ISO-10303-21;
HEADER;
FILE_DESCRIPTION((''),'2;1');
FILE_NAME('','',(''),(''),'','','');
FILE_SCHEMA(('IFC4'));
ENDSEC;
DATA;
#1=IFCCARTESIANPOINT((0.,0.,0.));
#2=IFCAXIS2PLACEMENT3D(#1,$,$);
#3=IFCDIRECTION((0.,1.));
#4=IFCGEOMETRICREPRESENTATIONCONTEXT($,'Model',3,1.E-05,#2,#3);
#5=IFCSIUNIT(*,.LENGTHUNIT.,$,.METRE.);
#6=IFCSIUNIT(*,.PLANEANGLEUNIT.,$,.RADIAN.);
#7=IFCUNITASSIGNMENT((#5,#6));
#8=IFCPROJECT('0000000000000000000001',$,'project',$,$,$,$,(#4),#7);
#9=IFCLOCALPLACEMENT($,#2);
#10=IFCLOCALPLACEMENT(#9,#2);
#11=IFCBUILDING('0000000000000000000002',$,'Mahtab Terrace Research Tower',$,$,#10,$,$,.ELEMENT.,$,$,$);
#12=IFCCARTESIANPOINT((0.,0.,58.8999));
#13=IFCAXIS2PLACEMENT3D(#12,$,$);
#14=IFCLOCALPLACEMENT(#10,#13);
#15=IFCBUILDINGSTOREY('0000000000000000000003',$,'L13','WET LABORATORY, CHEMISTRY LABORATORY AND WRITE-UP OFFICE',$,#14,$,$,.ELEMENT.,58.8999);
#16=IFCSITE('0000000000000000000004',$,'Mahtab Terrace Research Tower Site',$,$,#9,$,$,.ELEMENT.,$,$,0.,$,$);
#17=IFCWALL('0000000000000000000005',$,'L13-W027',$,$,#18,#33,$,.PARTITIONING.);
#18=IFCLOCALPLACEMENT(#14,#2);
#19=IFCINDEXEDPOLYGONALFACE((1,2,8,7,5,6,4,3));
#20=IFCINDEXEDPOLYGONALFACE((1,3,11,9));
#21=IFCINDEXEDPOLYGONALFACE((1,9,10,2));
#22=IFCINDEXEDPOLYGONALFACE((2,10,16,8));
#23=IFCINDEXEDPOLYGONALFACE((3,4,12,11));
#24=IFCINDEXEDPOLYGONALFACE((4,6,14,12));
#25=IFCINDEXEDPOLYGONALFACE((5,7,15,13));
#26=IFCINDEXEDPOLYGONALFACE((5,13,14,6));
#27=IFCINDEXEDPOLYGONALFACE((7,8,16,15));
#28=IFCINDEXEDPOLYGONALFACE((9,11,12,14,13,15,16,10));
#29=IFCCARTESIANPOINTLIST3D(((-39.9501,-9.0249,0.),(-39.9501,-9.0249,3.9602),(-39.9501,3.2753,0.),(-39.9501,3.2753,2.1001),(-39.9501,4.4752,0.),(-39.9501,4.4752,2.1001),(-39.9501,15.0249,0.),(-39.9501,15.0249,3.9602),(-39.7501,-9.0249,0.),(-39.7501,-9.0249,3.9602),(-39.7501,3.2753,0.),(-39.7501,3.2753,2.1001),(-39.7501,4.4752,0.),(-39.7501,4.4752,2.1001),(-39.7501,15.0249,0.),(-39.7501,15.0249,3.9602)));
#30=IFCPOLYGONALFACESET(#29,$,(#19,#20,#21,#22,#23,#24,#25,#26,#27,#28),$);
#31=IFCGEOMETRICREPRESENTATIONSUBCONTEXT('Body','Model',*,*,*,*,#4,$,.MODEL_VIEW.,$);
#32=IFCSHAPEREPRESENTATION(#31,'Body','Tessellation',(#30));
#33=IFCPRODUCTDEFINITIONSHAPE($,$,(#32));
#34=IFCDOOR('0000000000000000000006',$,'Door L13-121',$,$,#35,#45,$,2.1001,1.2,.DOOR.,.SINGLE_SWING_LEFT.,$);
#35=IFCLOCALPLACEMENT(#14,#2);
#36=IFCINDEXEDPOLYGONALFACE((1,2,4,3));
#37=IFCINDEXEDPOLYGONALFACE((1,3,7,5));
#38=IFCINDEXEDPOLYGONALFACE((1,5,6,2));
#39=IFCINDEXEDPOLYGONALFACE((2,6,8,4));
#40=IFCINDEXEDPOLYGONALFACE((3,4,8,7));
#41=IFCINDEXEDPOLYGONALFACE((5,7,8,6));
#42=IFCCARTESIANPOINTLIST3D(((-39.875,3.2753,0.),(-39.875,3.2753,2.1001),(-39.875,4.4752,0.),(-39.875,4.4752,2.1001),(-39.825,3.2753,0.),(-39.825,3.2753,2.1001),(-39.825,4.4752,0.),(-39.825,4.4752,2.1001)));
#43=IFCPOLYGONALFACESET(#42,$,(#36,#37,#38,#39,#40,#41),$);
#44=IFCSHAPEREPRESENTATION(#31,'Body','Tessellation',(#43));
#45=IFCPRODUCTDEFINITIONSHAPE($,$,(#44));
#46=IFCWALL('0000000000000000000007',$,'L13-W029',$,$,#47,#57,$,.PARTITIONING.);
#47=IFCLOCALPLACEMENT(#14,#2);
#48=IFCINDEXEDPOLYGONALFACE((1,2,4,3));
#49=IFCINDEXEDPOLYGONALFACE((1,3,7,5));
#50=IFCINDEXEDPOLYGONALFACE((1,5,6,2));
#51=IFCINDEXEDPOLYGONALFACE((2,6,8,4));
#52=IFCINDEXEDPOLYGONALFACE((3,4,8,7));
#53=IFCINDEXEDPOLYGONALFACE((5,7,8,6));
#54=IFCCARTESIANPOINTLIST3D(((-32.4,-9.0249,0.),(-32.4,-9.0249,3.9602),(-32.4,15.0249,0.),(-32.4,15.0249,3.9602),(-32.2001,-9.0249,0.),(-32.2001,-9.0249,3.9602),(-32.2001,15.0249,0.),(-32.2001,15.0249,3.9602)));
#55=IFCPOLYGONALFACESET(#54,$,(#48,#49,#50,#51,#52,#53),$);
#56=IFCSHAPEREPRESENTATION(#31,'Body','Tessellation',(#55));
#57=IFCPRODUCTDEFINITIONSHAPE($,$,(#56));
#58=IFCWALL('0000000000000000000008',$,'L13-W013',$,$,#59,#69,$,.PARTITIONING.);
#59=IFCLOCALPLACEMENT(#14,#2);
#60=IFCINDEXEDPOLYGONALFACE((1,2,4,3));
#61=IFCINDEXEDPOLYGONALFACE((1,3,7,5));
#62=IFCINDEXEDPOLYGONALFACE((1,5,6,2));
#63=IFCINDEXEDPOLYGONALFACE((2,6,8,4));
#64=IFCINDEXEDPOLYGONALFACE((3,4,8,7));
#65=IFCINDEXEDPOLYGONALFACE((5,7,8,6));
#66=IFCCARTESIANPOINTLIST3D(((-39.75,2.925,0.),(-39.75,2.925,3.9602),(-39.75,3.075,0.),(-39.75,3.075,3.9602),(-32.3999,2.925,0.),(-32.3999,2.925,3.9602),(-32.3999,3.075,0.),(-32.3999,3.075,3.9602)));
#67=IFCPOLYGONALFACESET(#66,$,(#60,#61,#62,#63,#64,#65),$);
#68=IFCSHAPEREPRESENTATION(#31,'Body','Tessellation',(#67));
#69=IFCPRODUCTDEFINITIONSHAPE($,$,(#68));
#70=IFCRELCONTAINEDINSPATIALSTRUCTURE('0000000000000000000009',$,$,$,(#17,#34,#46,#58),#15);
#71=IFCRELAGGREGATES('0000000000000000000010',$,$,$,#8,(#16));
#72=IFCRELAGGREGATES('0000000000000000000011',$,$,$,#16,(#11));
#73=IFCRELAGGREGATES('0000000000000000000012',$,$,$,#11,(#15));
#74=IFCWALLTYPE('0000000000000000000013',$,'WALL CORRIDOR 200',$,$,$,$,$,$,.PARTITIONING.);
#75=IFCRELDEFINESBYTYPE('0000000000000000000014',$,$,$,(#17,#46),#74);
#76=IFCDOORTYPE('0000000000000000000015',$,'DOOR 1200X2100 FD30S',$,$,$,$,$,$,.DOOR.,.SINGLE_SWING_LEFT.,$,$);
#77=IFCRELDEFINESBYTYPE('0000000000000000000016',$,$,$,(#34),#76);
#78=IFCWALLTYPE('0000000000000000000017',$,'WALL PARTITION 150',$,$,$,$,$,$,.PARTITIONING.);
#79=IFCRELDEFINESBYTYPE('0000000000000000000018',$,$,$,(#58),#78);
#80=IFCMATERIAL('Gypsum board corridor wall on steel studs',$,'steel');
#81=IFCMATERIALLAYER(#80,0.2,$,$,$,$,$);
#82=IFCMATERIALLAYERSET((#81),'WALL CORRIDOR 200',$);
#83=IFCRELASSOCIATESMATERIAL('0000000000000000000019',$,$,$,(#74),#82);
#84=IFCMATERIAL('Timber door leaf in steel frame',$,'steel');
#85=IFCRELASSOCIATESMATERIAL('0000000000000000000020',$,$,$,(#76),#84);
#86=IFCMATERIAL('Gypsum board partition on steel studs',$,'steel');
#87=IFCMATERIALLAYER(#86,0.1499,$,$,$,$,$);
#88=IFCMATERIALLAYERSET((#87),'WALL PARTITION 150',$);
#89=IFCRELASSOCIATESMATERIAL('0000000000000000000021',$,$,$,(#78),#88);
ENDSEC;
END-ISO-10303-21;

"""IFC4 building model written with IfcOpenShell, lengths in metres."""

from ifc_helpers import new_model, si_unit, direction, frame, frame_2d, origin, place, context, subcontext, project, spatial, rectangle, extrude, material, layer, layer_set, type_object, element, fill, save


model = new_model("IFC4")

# Units and contexts
model_context = context("Model", 3, precision=1e-05, world=origin(), true_north=direction((0.0, 1.0)))
body_context = subcontext(model_context, "Body", "Model", "MODEL_VIEW")
ifc_project = project(units=[si_unit("LENGTHUNIT", "METRE"), si_unit("PLANEANGLEUNIT", "RADIAN")], contexts=[model_context])

# Site, building, storey
site_placement = place(None, origin())
site = spatial("IfcSite", under=ifc_project, at=site_placement, Name="Mahtab Terrace Research Tower Site", CompositionType="ELEMENT", RefElevation=0.0)
building_placement = place(site_placement, origin())
building = spatial("IfcBuilding", under=site, at=building_placement, Name="Mahtab Terrace Research Tower", CompositionType="ELEMENT")
storey_placement = place(building_placement, frame((0.0, 0.0, 58.8999)))
storey = spatial("IfcBuildingStorey", under=building, at=storey_placement, Name="L13", Description="WET LABORATORY, CHEMISTRY LABORATORY AND WRITE-UP OFFICE", CompositionType="ELEMENT", Elevation=58.8999)

# Wall, opening, door
ifc_material_1 = material(Name="Gypsum board corridor wall on steel studs", Category="steel")
ifc_layer_1 = layer(ifc_material_1, 0.2)
ifc_layer_set_1 = layer_set([ifc_layer_1], Name="WALL CORRIDOR 200")
wall_type_1 = type_object("IfcWallType", Name="WALL CORRIDOR 200", PredefinedType="PARTITIONING", material=ifc_layer_set_1)
ifc_material_2 = material(Name="Timber door leaf in steel frame", Category="steel")
door_type = type_object("IfcDoorType", Name="DOOR 1200X2100 FD30S", OperationType="SINGLE_SWING_LEFT", PredefinedType="DOOR", material=ifc_material_2)
wall_1_placement = place(storey_placement, frame((-39.8501, -9.0249, 0.0), z_axis=(0.0, 0.0, 1.0), x_axis=(0.0, 1.0, 0.0)))
wall_1 = element("IfcWall", 1, at=wall_1_placement, inside=storey, type_object=wall_type_1, Name="L13-W027", PredefinedType="PARTITIONING", context=body_context, shape_type="SweptSolid", body=[
    extrude(rectangle(XDim=24.0498, YDim=0.2, at=frame_2d((12.0249, 0.0))), origin(), (0.0, 0.0, 1.0), 3.9602),
])
opening_1_placement = place(wall_1_placement, frame((12.3, 0.0, 0.0)))
opening_1 = element("IfcOpeningElement", 2, at=opening_1_placement, cuts=wall_1, PredefinedType="OPENING", context=body_context, shape_type="SweptSolid", body=[
    extrude(rectangle(XDim=1.2, YDim=2.1001, at=frame_2d((0.6001, 1.05))), frame((0.0, 0.1099, 0.0), z_axis=(0.0, -1.0, 0.0), x_axis=(1.0, 0.0, 0.0)), (0.0, 0.0, 1.0), 0.22),
])
door_1_placement = place(opening_1_placement, origin())
door_1 = element("IfcDoor", 3, at=door_1_placement, inside=storey, type_object=door_type, Name="Door L13-121", OperationType="SINGLE_SWING_LEFT", OverallHeight=2.1001, OverallWidth=1.2, PredefinedType="DOOR", context=body_context, shape_type="SweptSolid", body=[
    extrude(rectangle(XDim=1.2, YDim=2.1001, at=frame_2d((0.6001, 1.05))), frame((0.0, 0.0249, 0.0), z_axis=(0.0, -1.0, 0.0), x_axis=(1.0, 0.0, 0.0)), (0.0, 0.0, 1.0), 0.05),
])
fill(opening_1, door_1)

# Walls
wall_2_placement = place(storey_placement, frame((-32.3, -9.0249, 0.0), z_axis=(0.0, 0.0, 1.0), x_axis=(0.0, 1.0, 0.0)))
element("IfcWall", 4, at=wall_2_placement, inside=storey, type_object=wall_type_1, Name="L13-W029", PredefinedType="PARTITIONING", context=body_context, shape_type="SweptSolid", body=[
    extrude(rectangle(XDim=24.0498, YDim=0.2, at=frame_2d((12.0249, 0.0))), origin(), (0.0, 0.0, 1.0), 3.9602),
])
ifc_material_3 = material(Name="Gypsum board partition on steel studs", Category="steel")
ifc_layer_2 = layer(ifc_material_3, 0.1499)
ifc_layer_set_2 = layer_set([ifc_layer_2], Name="WALL PARTITION 150")
wall_type_2 = type_object("IfcWallType", Name="WALL PARTITION 150", PredefinedType="PARTITIONING", material=ifc_layer_set_2)
wall_3_placement = place(storey_placement, frame((-39.75, 3.0, 0.0), z_axis=(0.0, 0.0, 1.0), x_axis=(1.0, 0.0, 0.0)))
element("IfcWall", 5, at=wall_3_placement, inside=storey, type_object=wall_type_2, Name="L13-W013", PredefinedType="PARTITIONING", context=body_context, shape_type="SweptSolid", body=[
    extrude(rectangle(XDim=7.3501, YDim=0.1499, at=frame_2d((3.675, 0.0))), origin(), (0.0, 0.0, 1.0), 3.9602),
])

save(model, "model.ifc")
